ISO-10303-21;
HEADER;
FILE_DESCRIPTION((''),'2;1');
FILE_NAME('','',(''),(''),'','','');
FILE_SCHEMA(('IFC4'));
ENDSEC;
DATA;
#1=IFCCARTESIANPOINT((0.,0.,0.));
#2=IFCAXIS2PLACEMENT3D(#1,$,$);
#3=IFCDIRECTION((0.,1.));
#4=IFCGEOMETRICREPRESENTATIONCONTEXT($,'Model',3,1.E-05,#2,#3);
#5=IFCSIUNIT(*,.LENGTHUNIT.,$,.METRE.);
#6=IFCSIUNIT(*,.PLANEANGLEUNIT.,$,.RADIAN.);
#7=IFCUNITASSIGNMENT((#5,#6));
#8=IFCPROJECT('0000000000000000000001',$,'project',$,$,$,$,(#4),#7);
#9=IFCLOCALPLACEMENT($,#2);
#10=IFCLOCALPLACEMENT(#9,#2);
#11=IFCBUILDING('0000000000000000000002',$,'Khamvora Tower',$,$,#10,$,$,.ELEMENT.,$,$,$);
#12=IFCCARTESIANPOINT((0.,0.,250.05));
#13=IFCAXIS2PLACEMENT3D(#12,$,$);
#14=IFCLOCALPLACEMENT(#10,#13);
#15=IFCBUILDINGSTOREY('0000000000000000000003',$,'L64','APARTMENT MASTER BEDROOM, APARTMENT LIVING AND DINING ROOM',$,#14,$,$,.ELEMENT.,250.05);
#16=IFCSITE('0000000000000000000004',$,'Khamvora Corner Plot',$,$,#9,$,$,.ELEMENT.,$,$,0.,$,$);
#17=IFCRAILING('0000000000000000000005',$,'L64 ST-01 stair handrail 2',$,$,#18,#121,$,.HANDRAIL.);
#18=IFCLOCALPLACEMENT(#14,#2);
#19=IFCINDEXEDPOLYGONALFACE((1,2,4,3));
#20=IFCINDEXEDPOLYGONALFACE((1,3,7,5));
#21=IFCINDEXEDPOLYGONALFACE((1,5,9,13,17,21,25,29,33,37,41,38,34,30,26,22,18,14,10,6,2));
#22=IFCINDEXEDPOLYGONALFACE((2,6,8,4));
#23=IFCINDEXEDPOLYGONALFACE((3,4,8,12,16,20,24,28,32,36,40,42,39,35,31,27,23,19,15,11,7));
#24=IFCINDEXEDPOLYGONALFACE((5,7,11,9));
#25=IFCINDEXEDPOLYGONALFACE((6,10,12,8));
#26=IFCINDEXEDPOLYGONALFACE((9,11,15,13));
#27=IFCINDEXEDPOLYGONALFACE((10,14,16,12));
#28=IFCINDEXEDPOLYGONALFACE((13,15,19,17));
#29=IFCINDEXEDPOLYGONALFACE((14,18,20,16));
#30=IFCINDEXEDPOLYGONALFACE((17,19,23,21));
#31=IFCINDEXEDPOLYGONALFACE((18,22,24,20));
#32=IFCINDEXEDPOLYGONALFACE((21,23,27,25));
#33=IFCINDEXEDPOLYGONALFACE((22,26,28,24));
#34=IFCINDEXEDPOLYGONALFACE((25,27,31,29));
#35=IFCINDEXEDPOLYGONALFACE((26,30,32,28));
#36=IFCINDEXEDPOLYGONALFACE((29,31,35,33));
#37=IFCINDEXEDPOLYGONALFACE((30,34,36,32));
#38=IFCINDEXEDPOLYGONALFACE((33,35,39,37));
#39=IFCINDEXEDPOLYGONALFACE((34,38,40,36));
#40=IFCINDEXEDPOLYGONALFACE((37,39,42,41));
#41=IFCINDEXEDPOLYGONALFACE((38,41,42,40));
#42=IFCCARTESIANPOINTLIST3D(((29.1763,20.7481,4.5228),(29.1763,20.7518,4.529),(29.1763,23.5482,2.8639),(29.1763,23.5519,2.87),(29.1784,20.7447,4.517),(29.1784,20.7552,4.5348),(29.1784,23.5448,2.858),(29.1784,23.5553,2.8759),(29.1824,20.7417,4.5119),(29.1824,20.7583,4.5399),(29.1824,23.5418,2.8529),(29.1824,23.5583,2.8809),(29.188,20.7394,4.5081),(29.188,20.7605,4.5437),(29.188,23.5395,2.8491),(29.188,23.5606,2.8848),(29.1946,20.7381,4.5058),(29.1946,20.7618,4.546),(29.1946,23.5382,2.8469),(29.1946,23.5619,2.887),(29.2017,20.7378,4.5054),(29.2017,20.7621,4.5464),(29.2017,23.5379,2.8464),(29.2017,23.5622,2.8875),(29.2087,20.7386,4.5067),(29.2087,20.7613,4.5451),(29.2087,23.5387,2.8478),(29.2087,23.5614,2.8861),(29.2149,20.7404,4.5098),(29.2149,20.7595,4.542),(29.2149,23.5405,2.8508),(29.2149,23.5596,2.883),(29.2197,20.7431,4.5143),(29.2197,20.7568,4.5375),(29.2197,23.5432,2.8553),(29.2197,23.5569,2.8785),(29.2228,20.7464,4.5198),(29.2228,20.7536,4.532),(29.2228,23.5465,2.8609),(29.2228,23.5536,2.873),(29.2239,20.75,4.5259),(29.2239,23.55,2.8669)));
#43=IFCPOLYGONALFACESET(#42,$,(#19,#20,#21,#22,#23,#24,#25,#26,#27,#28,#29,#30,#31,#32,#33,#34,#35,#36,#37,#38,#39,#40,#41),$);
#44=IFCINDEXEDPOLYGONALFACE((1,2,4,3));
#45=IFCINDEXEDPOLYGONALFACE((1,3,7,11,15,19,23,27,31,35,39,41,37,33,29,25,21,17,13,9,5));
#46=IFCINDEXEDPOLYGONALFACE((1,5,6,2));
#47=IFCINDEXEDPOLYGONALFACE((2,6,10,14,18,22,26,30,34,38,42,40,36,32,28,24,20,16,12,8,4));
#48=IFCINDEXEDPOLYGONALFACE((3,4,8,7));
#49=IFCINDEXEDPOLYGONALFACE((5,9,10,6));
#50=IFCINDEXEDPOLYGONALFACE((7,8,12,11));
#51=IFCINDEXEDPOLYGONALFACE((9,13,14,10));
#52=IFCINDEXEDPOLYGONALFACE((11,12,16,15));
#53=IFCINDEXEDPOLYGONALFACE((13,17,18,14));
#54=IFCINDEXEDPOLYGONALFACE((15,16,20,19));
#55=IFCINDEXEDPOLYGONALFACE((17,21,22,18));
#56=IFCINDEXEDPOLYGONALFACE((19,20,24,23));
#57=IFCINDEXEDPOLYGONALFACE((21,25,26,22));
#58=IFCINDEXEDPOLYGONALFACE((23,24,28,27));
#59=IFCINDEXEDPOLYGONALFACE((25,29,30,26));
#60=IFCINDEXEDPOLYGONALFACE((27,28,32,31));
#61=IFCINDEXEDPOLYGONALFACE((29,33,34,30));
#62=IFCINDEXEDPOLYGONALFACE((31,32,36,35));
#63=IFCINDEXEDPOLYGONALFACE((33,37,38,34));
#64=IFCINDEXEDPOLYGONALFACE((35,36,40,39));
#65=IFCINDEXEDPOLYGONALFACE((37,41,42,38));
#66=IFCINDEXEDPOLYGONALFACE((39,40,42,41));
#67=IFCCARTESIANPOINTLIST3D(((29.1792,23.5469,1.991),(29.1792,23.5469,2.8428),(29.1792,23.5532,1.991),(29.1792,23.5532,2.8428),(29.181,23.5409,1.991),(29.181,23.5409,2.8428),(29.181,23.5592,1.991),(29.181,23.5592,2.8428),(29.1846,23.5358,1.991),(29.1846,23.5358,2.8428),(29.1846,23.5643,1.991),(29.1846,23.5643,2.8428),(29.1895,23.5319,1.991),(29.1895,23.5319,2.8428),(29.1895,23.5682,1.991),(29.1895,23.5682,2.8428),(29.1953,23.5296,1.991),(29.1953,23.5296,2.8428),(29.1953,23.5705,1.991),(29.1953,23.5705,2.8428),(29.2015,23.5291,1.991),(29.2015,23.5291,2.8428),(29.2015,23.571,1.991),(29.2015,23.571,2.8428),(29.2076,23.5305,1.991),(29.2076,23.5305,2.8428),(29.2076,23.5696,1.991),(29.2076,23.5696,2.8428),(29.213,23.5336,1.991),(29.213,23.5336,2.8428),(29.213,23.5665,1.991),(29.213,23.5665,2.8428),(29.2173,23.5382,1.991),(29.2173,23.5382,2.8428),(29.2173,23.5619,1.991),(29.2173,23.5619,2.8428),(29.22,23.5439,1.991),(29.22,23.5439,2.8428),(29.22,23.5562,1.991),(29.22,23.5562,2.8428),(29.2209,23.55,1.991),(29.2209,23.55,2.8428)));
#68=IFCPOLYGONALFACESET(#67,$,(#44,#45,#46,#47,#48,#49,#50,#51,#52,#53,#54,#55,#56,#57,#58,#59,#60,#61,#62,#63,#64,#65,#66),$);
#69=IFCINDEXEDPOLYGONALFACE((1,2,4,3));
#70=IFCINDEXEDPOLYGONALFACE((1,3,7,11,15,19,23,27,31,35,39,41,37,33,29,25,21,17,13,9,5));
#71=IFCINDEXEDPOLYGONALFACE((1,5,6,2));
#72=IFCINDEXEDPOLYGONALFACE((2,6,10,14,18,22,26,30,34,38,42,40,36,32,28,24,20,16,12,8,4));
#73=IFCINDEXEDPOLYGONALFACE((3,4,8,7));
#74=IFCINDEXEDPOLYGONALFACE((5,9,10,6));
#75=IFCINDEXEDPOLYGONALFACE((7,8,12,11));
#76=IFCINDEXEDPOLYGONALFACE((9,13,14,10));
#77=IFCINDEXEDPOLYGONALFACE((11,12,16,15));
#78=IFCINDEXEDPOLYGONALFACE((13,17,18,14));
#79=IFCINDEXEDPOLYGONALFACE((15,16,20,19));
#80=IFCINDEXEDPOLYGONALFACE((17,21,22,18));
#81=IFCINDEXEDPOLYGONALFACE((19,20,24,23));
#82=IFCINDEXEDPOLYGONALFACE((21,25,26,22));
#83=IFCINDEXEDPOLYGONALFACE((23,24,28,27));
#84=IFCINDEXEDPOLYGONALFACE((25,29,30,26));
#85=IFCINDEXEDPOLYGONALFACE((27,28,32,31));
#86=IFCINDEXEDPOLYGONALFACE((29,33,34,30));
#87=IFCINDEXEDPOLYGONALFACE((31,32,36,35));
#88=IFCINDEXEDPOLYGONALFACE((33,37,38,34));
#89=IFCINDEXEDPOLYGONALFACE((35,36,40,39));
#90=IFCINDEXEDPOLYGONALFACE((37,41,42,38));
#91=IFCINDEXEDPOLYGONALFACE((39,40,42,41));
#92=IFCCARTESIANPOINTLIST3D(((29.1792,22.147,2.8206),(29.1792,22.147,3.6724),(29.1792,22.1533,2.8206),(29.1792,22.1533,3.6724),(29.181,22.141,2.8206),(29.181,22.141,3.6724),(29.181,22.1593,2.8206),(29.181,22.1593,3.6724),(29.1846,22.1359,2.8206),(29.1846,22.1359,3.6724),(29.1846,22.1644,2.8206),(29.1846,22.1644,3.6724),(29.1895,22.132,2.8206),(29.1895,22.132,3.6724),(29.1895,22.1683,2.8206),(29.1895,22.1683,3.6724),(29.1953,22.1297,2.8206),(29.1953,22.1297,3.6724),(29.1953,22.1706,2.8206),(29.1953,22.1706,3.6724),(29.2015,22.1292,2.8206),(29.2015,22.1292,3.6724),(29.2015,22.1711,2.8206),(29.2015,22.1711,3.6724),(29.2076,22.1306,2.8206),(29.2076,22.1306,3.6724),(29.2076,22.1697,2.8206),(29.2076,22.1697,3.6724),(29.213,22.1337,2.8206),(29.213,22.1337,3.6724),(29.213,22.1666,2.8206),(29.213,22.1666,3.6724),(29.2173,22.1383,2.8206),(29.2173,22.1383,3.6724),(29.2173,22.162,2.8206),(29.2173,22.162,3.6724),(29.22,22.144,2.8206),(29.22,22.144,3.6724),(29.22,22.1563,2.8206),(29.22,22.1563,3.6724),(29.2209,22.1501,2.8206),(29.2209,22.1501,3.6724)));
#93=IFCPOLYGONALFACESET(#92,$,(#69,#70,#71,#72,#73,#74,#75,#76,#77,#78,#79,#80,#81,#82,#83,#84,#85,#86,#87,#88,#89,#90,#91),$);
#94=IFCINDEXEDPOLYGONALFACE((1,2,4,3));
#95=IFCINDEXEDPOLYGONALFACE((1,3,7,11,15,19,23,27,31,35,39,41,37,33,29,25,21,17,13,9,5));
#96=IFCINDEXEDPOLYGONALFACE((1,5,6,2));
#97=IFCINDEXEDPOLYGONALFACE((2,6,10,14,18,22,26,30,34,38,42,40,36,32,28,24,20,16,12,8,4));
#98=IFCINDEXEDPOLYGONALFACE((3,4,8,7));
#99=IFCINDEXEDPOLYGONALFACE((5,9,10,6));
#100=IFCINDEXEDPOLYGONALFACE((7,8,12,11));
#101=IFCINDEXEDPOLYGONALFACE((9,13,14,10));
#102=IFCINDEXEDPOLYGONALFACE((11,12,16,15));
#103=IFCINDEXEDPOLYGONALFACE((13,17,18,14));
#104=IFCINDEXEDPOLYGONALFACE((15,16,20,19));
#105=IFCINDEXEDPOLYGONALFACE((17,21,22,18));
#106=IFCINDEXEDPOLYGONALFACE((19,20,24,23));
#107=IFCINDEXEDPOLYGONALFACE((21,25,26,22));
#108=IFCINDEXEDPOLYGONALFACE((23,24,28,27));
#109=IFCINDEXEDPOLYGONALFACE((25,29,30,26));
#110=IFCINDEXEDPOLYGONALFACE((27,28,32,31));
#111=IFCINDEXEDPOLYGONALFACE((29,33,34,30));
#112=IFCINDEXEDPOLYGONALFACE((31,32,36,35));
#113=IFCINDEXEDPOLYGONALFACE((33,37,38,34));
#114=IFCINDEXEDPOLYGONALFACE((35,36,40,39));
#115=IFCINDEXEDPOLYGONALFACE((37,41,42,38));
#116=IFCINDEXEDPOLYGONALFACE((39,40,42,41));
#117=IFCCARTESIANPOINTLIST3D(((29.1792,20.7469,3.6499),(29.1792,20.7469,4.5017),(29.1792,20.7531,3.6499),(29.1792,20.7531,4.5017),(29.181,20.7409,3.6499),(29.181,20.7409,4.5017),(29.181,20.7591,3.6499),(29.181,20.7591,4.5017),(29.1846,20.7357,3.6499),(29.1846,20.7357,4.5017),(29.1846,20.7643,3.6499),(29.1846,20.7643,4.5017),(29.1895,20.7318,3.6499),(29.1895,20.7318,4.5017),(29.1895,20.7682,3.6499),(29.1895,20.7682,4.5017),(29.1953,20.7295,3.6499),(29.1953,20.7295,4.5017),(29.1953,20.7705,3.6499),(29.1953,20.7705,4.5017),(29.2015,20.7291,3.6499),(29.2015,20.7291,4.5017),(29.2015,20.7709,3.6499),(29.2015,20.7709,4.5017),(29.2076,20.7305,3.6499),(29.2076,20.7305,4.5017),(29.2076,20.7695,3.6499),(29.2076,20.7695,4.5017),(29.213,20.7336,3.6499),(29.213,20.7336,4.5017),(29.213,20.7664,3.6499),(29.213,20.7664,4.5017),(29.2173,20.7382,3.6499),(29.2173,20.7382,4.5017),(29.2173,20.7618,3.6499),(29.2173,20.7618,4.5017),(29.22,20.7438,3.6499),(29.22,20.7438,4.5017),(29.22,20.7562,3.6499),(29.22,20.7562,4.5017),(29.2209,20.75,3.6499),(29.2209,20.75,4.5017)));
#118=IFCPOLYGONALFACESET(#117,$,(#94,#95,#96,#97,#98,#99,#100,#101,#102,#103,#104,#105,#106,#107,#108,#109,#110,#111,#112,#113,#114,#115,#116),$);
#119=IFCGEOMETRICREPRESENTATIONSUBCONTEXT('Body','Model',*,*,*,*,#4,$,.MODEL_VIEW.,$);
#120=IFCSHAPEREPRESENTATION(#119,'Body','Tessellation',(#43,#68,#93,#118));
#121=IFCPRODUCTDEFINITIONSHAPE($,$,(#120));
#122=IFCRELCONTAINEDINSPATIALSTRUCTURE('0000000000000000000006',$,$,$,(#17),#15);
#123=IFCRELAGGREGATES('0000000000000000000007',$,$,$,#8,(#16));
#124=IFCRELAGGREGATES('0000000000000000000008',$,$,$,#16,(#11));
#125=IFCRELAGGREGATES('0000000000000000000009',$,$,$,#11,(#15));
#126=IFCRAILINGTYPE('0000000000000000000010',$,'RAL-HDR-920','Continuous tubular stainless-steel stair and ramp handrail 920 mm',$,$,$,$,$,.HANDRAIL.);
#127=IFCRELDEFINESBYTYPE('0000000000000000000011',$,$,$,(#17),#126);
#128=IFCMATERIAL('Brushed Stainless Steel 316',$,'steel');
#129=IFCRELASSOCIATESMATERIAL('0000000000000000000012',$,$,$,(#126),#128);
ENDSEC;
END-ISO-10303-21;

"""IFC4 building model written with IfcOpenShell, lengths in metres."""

from ifc_helpers import new_model, si_unit, direction, frame, origin, origin_2d, place, context, subcontext, project, spatial, circle, extrude, material, type_object, element, save


model = new_model("IFC4")

# Units and contexts
model_context = context("Model", 3, precision=1e-05, world=origin(), true_north=direction((0.0, 1.0)))
body_context = subcontext(model_context, "Body", "Model", "MODEL_VIEW")
ifc_project = project(units=[si_unit("LENGTHUNIT", "METRE"), si_unit("PLANEANGLEUNIT", "RADIAN")], contexts=[model_context])

# Site, building, storey
site_placement = place(None, origin())
site = spatial("IfcSite", under=ifc_project, at=site_placement, Name="Khamvora Corner Plot", CompositionType="ELEMENT", RefElevation=0.0)
building_placement = place(site_placement, origin())
building = spatial("IfcBuilding", under=site, at=building_placement, Name="Khamvora Tower", CompositionType="ELEMENT")
storey_placement = place(building_placement, frame((0.0, 0.0, 250.05)))
storey = spatial("IfcBuildingStorey", under=building, at=storey_placement, Name="L64", Description="APARTMENT MASTER BEDROOM, APARTMENT LIVING AND DINING ROOM", CompositionType="ELEMENT", Elevation=250.05)

# Railing
ifc_material_1 = material(Name="Brushed Stainless Steel 316", Category="steel")
railing_type_1 = type_object("IfcRailingType", Name="RAL-HDR-920", Description="Continuous tubular stainless-steel stair and ramp handrail 920 mm", PredefinedType="HANDRAIL", material=ifc_material_1)
railing_1_placement = place(storey_placement, frame((29.2, 23.55, 1.991)))
element("IfcRailing", 1, at=railing_1_placement, inside=storey, type_object=railing_type_1, Name="L64 ST-01 stair handrail 2", PredefinedType="HANDRAIL", context=body_context, shape_type="SweptSolid", body=[
    extrude(circle(Radius=0.0239, at=origin_2d()), frame((0.0, 0.0, 0.876), z_axis=(0.0, -0.860339, 0.509722), x_axis=(1.0, 0.0, 0.0)), (0.0, 0.0, 1.0), 3.2546),
    extrude(circle(Radius=0.021, at=origin_2d()), origin(), (0.0, 0.0, 1.0), 0.8518),
    extrude(circle(Radius=0.021, at=origin_2d()), frame((0.0, -1.3999, 0.8296)), (0.0, 0.0, 1.0), 0.8518),
    extrude(circle(Radius=0.021, at=origin_2d()), frame((0.0, -2.8, 1.6589)), (0.0, 0.0, 1.0), 0.8518),
])

save(model, "model.ifc")
